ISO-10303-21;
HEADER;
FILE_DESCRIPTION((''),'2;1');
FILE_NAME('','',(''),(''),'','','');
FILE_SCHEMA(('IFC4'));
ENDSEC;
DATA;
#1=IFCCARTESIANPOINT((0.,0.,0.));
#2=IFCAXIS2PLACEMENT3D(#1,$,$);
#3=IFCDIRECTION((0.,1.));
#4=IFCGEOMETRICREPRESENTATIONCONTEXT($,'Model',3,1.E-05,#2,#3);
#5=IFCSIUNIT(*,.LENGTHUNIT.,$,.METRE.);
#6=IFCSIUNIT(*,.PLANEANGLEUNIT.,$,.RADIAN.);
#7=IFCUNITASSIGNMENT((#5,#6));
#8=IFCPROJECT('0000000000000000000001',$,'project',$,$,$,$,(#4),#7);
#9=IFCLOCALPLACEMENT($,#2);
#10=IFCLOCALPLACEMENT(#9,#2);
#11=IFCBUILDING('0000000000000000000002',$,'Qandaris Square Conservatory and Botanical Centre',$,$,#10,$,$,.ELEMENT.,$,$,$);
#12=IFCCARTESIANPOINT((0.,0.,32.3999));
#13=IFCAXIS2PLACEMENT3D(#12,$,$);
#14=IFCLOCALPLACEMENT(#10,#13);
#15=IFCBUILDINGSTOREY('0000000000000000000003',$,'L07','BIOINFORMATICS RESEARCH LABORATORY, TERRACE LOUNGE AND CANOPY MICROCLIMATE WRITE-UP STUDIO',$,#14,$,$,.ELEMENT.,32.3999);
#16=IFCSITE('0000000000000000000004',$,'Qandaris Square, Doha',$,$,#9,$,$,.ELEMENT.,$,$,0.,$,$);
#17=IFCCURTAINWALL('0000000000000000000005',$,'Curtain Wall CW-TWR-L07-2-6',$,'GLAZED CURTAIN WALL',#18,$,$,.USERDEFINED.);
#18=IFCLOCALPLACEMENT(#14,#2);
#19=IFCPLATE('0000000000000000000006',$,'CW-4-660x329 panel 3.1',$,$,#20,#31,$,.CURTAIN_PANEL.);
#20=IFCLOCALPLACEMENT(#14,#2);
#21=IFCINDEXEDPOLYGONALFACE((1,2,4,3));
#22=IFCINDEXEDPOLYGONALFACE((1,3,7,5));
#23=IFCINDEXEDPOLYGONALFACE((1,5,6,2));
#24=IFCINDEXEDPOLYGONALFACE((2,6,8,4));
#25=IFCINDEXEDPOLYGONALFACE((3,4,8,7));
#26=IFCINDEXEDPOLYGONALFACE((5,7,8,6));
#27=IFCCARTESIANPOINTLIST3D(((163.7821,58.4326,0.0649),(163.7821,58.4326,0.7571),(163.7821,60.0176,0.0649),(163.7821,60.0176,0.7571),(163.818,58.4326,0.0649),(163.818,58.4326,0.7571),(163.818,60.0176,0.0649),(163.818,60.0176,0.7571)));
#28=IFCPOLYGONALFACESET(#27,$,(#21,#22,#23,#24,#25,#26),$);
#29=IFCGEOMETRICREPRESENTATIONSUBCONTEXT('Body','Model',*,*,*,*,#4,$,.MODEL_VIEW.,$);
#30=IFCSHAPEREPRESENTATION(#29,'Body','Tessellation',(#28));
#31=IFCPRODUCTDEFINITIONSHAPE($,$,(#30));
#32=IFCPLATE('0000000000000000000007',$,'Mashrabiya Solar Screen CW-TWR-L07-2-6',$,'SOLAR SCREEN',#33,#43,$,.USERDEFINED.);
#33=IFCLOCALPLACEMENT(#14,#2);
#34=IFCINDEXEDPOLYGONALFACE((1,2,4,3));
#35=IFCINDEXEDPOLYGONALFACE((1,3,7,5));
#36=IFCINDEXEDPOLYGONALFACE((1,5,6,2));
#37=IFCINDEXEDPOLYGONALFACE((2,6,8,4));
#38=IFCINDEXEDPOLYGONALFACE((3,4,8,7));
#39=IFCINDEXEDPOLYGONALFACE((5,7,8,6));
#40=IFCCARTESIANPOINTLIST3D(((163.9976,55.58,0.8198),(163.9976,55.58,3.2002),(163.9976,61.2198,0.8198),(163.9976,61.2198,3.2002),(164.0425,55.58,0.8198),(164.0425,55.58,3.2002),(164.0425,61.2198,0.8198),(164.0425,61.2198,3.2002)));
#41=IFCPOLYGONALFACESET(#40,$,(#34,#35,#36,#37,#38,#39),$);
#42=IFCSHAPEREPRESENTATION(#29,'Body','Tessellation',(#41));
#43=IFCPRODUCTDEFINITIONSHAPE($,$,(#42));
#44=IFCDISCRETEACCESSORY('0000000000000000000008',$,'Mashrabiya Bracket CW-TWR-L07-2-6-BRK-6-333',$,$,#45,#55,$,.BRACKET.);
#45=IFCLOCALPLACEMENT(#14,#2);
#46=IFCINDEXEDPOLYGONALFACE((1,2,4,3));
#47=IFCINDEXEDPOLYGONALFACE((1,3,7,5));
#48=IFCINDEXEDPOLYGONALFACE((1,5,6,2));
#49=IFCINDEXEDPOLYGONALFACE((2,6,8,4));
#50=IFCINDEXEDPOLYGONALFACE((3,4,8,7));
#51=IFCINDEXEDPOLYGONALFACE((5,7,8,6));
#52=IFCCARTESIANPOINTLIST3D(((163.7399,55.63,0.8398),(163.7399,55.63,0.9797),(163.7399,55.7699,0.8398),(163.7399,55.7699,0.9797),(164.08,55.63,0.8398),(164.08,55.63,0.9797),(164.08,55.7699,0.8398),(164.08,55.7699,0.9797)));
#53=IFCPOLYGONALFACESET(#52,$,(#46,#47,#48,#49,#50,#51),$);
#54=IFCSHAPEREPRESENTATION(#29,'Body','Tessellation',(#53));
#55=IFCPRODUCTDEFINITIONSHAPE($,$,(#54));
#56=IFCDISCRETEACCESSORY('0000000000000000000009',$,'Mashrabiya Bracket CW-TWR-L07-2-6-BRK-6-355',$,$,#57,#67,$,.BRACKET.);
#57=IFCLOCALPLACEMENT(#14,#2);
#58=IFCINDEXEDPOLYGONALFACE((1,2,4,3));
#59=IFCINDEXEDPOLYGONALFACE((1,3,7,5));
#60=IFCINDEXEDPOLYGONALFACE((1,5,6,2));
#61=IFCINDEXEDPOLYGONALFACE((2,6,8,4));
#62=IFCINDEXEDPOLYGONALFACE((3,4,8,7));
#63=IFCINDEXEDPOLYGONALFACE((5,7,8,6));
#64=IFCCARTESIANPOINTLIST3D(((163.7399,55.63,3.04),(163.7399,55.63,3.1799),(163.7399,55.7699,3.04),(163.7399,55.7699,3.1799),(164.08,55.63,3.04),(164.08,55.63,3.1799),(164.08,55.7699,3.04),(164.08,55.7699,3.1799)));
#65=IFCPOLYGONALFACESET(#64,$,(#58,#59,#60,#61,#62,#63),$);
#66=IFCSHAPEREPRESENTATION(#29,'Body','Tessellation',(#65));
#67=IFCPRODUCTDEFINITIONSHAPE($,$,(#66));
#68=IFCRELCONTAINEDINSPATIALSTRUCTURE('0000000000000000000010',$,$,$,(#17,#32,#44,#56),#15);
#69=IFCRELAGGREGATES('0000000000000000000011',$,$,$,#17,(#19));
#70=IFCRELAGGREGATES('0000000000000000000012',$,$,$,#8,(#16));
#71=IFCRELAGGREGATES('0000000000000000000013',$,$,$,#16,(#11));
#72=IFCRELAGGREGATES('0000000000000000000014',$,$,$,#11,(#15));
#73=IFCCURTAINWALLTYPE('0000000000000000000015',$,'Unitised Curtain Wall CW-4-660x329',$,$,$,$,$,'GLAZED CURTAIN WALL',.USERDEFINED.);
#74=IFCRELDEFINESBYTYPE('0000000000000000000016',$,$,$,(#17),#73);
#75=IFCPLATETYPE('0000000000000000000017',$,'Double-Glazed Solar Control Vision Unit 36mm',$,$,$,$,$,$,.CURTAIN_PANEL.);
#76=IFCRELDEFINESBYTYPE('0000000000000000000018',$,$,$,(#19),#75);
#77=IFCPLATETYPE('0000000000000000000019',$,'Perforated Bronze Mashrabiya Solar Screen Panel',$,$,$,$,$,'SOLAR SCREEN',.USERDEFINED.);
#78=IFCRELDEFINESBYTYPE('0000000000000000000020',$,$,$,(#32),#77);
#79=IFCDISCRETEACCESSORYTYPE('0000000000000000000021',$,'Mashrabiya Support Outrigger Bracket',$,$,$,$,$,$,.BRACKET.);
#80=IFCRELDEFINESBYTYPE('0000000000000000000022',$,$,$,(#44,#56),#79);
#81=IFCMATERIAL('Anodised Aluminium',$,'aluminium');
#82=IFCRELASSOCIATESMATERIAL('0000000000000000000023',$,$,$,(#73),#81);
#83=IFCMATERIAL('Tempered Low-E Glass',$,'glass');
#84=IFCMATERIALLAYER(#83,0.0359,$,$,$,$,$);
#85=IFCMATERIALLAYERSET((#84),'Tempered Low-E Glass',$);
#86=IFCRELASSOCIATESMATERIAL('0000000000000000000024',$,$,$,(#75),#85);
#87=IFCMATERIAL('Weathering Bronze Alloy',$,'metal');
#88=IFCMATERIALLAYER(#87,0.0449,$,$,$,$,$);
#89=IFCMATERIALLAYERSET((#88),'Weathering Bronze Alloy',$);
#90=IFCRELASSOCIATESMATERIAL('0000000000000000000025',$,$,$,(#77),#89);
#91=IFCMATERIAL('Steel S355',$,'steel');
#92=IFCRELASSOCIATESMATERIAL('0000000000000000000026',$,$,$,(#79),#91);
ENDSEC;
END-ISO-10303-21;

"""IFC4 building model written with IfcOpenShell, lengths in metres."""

from ifc_helpers import new_model, si_unit, direction, frame, origin, origin_2d, place, context, subcontext, project, spatial, rectangle, extrude, material, layer, layer_set, type_object, element, aggregate, save


model = new_model("IFC4")

# Units and contexts
model_context = context("Model", 3, precision=1e-05, world=origin(), true_north=direction((0.0, 1.0)))
body_context = subcontext(model_context, "Body", "Model", "MODEL_VIEW")
ifc_project = project(units=[si_unit("LENGTHUNIT", "METRE"), si_unit("PLANEANGLEUNIT", "RADIAN")], contexts=[model_context])

# Site, building, storey
site_placement = place(None, origin())
site = spatial("IfcSite", under=ifc_project, at=site_placement, Name="Qandaris Square, Doha", CompositionType="ELEMENT", RefElevation=0.0)
building_placement = place(site_placement, origin())
building = spatial("IfcBuilding", under=site, at=building_placement, Name="Qandaris Square Conservatory and Botanical Centre", CompositionType="ELEMENT")
storey_placement = place(building_placement, frame((0.0, 0.0, 32.3999)))
storey = spatial("IfcBuildingStorey", under=building, at=storey_placement, Name="L07", Description="BIOINFORMATICS RESEARCH LABORATORY, TERRACE LOUNGE AND CANOPY MICROCLIMATE WRITE-UP STUDIO", CompositionType="ELEMENT", Elevation=32.3999)

# Shared definitions
ifc_material_1 = material(Name="Steel S355", Category="steel")

# Curtain wall
ifc_material_2 = material(Name="Anodised Aluminium", Category="aluminium")
curtain_wall_type = type_object("IfcCurtainWallType", Name="Unitised Curtain Wall CW-4-660x329", ElementType="GLAZED CURTAIN WALL", PredefinedType="USERDEFINED", material=ifc_material_2)
curtain_wall_placement = place(storey_placement, origin())
curtain_wall = element("IfcCurtainWall", 1, at=curtain_wall_placement, inside=storey, type_object=curtain_wall_type, Name="Curtain Wall CW-TWR-L07-2-6", ObjectType="GLAZED CURTAIN WALL", PredefinedType="USERDEFINED")

# Plates
ifc_material_3 = material(Name="Tempered Low-E Glass", Category="glass")
ifc_layer_1 = layer(ifc_material_3, 0.0359)
ifc_layer_set_1 = layer_set([ifc_layer_1], Name="Tempered Low-E Glass")
plate_type_1 = type_object("IfcPlateType", Name="Double-Glazed Solar Control Vision Unit 36mm", PredefinedType="CURTAIN_PANEL", material=ifc_layer_set_1)
plate_1_placement = place(storey_placement, frame((163.8, 59.2251, 0.0649), z_axis=(0.0, 0.0, 1.0), x_axis=(0.0, 1.0, 0.0)))
plate_1 = element("IfcPlate", 2, at=plate_1_placement, type_object=plate_type_1, Name="CW-4-660x329 panel 3.1", PredefinedType="CURTAIN_PANEL", context=body_context, shape_type="SweptSolid", body=[
    extrude(rectangle(XDim=1.585, YDim=0.0359, at=origin_2d()), origin(), (0.0, 0.0, 1.0), 0.6921),
])
aggregate(curtain_wall, [plate_1])
ifc_material_4 = material(Name="Weathering Bronze Alloy", Category="metal")
ifc_layer_2 = layer(ifc_material_4, 0.0449)
ifc_layer_set_2 = layer_set([ifc_layer_2], Name="Weathering Bronze Alloy")
plate_type_2 = type_object("IfcPlateType", Name="Perforated Bronze Mashrabiya Solar Screen Panel", ElementType="SOLAR SCREEN", PredefinedType="USERDEFINED", material=ifc_layer_set_2)
plate_2_placement = place(storey_placement, frame((164.02, 58.3999, 0.8198), z_axis=(0.0, 0.0, 1.0), x_axis=(0.0, 1.0, 0.0)))
element("IfcPlate", 3, at=plate_2_placement, inside=storey, type_object=plate_type_2, Name="Mashrabiya Solar Screen CW-TWR-L07-2-6", ObjectType="SOLAR SCREEN", PredefinedType="USERDEFINED", context=body_context, shape_type="SweptSolid", body=[
    extrude(rectangle(XDim=5.6399, YDim=0.0449, at=origin_2d()), origin(), (0.0, 0.0, 1.0), 2.3804),
])

# Discrete accessories
discrete_accessory_type = type_object("IfcDiscreteAccessoryType", Name="Mashrabiya Support Outrigger Bracket", PredefinedType="BRACKET", material=ifc_material_1)
for number, where, z_axis, x_axis, name in (
    (4, (163.9099, 55.7, 0.8398), (0.0, 0.0, 1.0), (0.0, 1.0, 0.0), "Mashrabiya Bracket CW-TWR-L07-2-6-BRK-6-333"),
    (5, (163.9099, 55.7, 3.04), (0.0, 0.0, 1.0), (0.0, 1.0, 0.0), "Mashrabiya Bracket CW-TWR-L07-2-6-BRK-6-355"),
):
    element("IfcDiscreteAccessory", number, at=place(storey_placement, frame(where, z_axis=z_axis, x_axis=x_axis)), inside=storey, type_object=discrete_accessory_type, Name=name, PredefinedType="BRACKET", context=body_context, shape_type="SweptSolid", body=[
        extrude(rectangle(XDim=0.1399, YDim=0.3401, at=origin_2d()), origin(), (0.0, 0.0, 1.0), 0.1399),
    ])

save(model, "model.ifc")
